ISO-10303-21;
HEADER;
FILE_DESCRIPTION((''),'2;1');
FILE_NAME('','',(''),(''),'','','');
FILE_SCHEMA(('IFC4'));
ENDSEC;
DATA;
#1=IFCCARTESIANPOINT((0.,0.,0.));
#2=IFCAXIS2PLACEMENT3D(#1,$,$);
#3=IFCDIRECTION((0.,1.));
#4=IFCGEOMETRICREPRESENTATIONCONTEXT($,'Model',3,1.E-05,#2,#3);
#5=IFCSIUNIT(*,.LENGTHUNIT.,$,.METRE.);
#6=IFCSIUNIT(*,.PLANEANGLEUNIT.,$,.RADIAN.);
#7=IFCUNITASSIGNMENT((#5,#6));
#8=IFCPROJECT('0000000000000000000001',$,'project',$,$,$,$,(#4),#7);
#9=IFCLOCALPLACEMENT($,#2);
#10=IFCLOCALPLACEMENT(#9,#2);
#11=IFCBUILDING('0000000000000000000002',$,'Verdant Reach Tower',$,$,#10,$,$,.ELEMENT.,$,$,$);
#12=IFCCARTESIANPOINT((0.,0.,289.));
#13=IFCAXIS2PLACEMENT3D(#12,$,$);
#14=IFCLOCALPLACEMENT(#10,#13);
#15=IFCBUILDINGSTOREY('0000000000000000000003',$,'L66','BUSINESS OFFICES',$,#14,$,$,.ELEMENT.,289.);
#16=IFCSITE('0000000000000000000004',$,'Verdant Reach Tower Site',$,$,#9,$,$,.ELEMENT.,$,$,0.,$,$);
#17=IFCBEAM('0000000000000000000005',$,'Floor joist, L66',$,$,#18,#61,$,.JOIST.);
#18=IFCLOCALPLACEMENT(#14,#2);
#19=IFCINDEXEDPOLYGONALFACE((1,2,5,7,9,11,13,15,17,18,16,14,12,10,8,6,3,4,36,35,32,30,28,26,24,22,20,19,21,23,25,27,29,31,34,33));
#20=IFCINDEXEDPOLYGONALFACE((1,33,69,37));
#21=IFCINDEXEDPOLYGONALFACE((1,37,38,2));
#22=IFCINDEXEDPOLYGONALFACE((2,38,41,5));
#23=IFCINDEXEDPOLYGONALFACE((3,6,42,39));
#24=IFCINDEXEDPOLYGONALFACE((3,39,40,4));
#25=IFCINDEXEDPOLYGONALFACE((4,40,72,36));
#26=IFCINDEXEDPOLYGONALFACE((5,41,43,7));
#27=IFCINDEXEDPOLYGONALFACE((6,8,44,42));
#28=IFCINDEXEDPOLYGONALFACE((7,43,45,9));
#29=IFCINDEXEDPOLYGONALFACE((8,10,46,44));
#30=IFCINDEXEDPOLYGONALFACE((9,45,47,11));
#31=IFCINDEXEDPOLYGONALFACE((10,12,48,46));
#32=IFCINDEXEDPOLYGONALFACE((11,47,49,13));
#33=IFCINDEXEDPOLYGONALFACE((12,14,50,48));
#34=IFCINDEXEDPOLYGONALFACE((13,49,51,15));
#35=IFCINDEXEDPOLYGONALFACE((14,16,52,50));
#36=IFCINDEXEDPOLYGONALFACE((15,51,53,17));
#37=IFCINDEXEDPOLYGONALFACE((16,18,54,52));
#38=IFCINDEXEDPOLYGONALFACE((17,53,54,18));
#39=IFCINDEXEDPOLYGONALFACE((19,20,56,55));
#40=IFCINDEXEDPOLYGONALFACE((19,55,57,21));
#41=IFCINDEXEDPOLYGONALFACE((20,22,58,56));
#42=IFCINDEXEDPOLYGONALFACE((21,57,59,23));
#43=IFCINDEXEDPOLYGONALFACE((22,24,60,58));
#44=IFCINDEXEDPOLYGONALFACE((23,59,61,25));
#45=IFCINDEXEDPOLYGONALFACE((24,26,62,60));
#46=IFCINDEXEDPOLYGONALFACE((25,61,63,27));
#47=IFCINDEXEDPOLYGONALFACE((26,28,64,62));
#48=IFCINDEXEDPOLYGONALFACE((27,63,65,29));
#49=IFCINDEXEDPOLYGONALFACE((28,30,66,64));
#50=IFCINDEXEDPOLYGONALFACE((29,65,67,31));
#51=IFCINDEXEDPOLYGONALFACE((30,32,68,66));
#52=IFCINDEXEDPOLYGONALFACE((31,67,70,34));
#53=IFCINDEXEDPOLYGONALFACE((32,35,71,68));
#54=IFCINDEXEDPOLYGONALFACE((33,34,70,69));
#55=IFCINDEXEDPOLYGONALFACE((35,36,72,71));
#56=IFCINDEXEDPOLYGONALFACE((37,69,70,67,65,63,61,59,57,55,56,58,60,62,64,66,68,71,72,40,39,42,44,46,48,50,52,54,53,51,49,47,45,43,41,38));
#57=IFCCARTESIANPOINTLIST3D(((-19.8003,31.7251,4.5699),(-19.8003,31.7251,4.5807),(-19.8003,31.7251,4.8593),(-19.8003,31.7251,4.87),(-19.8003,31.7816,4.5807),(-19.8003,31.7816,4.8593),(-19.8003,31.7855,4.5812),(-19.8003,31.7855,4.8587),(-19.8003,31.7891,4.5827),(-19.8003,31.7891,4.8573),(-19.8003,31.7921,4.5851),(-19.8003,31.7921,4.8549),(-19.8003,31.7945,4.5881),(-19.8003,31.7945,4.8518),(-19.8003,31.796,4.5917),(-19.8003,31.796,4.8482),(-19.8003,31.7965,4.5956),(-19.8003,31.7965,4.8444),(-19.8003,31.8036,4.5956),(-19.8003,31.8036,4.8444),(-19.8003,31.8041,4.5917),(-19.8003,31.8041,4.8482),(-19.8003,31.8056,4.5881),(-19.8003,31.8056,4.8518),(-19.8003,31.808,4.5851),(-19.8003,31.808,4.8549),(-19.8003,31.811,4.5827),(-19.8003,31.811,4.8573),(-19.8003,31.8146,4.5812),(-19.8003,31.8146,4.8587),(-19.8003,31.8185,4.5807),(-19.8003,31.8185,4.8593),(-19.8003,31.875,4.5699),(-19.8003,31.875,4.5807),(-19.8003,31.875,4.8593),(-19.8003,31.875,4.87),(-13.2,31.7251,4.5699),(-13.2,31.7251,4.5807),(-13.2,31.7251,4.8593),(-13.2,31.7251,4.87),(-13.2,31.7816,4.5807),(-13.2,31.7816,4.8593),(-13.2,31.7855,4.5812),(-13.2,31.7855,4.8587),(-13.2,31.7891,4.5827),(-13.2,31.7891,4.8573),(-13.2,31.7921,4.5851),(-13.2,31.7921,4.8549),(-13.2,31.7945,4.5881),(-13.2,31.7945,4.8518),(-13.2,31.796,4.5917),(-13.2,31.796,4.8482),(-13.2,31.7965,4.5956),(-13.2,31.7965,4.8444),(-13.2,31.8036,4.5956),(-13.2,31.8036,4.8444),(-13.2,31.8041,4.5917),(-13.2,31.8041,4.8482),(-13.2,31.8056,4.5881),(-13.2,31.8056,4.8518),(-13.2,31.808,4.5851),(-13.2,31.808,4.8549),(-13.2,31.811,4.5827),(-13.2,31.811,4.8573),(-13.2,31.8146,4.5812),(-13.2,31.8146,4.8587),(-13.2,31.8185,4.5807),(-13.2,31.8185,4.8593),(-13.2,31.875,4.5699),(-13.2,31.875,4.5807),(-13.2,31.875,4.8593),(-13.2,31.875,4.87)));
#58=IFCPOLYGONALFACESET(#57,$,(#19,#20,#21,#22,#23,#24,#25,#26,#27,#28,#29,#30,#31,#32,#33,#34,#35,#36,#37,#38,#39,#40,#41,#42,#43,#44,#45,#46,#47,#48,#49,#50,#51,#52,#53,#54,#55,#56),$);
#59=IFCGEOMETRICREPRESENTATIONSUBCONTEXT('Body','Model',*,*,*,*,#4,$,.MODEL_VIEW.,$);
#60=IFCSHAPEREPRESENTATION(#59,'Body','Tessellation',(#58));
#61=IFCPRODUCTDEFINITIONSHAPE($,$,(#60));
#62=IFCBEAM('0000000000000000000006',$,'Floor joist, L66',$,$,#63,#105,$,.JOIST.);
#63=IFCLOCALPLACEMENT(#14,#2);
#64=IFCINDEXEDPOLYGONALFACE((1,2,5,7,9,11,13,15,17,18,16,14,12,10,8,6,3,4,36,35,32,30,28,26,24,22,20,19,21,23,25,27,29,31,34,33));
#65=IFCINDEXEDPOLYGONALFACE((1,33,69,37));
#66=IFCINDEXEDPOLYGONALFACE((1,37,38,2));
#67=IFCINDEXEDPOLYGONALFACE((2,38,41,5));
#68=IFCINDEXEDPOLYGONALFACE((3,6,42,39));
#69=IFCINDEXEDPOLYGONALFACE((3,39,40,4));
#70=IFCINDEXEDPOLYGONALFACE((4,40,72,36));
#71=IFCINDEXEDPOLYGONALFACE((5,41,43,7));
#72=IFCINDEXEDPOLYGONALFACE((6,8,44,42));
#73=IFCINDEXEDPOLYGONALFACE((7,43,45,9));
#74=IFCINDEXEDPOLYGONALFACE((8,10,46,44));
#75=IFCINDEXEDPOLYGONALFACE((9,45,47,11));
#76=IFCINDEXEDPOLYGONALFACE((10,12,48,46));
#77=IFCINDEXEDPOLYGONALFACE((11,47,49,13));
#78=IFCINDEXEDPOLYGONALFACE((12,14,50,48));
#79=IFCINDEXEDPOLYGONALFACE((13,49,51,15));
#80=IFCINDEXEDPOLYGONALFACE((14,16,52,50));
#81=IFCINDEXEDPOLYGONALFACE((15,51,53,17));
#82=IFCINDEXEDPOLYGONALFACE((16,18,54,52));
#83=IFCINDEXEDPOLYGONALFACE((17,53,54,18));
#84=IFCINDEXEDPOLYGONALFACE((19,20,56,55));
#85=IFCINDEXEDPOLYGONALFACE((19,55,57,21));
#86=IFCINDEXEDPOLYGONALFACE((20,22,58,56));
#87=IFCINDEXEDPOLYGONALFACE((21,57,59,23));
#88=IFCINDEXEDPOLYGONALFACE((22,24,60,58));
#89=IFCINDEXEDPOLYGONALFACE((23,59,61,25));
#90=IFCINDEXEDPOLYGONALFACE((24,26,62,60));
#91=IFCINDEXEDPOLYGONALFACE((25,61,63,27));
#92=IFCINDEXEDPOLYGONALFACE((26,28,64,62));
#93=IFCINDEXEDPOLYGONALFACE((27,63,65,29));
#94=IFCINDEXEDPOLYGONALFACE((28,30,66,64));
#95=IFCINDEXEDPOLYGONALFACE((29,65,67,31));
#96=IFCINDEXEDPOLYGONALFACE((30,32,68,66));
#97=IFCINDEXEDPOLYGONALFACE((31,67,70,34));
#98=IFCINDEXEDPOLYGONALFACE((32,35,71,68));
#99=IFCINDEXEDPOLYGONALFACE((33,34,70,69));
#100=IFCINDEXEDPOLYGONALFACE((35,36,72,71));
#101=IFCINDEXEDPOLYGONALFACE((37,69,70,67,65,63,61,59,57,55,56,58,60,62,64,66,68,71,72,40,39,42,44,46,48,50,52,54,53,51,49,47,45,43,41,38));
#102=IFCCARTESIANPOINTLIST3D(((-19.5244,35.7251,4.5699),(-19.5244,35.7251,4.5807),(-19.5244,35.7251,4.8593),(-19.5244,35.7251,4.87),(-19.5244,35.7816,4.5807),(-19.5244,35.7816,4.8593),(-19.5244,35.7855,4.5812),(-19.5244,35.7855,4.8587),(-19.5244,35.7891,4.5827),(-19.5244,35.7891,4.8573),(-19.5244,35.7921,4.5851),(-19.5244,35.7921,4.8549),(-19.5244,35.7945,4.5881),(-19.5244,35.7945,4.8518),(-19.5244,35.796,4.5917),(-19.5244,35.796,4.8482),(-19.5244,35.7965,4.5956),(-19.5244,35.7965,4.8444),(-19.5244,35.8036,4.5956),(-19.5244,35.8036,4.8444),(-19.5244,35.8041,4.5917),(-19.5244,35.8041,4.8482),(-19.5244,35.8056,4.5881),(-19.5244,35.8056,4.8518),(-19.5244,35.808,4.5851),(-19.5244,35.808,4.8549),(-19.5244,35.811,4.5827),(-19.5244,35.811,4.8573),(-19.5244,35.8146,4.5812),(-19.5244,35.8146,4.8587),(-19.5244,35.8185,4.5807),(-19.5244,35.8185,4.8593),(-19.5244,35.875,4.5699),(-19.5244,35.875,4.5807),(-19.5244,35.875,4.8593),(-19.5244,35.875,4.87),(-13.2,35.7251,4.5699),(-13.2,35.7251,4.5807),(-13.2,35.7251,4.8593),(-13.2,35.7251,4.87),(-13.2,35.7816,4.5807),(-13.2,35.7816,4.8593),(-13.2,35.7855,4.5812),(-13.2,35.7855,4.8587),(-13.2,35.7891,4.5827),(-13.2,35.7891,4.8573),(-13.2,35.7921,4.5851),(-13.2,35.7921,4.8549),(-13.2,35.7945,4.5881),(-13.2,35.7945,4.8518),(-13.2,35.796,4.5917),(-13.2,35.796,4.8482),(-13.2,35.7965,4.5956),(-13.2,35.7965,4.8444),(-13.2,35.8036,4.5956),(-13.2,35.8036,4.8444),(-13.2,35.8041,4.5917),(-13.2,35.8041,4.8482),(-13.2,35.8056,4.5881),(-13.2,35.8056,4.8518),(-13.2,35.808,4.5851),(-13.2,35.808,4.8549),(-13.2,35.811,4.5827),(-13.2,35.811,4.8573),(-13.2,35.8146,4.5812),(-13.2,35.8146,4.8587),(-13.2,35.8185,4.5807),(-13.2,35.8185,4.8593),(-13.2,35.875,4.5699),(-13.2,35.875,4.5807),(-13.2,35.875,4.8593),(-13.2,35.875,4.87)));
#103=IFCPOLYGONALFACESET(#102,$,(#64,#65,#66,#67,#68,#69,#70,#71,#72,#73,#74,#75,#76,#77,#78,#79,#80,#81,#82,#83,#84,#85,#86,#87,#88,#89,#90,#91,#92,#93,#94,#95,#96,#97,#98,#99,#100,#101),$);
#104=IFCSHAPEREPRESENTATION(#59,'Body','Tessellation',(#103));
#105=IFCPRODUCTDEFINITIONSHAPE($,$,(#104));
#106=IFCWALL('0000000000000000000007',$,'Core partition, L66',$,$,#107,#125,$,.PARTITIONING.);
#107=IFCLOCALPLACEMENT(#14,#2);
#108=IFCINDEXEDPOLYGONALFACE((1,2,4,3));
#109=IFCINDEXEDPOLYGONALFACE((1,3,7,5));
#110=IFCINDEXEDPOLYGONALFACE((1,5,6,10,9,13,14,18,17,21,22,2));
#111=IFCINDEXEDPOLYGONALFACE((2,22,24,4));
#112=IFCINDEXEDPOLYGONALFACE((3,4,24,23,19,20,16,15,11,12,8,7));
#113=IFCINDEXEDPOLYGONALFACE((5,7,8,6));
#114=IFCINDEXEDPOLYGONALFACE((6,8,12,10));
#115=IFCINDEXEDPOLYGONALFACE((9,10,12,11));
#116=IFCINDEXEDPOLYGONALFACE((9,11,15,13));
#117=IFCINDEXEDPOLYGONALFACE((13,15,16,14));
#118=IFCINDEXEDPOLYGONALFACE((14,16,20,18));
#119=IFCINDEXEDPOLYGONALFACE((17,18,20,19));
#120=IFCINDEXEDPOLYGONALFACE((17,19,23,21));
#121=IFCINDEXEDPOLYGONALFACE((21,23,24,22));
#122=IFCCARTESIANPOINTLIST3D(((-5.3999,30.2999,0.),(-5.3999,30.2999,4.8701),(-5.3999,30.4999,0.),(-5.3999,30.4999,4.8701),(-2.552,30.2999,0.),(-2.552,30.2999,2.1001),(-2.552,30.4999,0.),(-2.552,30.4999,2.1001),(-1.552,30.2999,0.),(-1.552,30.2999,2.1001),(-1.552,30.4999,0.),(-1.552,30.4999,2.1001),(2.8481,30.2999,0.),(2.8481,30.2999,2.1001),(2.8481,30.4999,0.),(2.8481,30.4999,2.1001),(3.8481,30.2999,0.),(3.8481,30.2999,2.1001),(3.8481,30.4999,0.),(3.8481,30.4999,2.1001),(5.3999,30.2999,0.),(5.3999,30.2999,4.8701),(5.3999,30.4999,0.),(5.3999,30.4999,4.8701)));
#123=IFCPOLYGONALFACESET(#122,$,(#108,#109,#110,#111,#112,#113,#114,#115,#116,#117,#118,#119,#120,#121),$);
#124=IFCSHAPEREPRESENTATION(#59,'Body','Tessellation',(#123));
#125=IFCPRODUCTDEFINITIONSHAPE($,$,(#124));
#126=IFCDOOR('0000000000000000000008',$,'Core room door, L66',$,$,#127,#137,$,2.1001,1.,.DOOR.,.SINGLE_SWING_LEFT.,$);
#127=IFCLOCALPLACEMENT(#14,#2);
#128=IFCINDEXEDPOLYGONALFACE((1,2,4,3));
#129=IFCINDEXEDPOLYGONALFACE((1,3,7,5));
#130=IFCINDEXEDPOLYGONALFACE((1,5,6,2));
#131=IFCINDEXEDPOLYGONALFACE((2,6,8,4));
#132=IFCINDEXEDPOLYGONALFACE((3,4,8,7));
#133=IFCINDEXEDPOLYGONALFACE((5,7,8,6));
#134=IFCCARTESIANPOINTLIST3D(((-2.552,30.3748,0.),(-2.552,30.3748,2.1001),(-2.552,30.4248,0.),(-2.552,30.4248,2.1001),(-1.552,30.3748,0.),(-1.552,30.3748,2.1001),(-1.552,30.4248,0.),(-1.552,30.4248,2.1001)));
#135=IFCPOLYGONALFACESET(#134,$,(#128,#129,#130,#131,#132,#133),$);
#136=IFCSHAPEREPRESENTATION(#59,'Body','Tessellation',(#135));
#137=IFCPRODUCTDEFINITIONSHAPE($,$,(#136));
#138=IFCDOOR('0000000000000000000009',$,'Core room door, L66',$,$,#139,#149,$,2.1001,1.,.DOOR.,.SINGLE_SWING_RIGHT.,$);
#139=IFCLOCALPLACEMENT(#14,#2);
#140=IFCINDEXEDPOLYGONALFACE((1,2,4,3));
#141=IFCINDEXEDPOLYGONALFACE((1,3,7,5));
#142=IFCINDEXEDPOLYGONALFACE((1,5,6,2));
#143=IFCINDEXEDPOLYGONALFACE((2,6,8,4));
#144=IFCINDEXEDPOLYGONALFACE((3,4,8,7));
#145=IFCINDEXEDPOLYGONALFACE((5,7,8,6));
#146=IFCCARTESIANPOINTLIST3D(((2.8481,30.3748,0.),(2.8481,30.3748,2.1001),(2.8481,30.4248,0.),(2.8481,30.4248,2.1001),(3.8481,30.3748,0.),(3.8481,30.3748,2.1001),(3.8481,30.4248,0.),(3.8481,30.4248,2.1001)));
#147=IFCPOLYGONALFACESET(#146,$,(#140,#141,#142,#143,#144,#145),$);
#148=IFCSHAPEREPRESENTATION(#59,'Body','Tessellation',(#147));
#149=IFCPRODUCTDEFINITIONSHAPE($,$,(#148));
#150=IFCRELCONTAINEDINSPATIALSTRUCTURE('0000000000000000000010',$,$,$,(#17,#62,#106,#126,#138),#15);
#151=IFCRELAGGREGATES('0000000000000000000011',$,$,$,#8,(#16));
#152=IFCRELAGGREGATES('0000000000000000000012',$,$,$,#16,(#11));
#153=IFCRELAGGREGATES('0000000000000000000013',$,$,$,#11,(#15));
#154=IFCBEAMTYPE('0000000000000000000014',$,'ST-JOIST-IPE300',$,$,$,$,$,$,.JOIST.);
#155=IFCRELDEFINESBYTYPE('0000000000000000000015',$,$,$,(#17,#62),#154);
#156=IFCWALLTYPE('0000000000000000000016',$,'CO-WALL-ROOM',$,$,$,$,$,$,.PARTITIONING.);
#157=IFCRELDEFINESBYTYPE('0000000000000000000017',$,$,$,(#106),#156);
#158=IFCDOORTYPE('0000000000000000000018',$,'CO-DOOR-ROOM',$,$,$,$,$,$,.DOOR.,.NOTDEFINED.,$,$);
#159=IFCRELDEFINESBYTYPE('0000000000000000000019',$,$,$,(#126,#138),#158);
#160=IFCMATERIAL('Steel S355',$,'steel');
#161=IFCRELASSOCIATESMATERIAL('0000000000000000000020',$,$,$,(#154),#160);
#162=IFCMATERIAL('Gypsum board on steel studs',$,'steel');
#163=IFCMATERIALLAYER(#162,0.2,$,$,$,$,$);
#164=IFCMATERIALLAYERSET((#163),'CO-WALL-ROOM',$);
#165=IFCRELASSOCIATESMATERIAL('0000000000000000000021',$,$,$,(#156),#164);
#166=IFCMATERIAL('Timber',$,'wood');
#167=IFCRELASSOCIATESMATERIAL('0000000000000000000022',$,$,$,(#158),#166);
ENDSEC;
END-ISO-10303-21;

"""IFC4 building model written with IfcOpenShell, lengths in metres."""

from ifc_helpers import new_model, si_unit, direction, frame, frame_2d, origin, origin_2d, place, context, subcontext, project, spatial, rectangle, i_section, extrude, material, layer, layer_set, material_profile, profile_set, type_object, element, fill, save


model = new_model("IFC4")

# Units and contexts
model_context = context("Model", 3, precision=1e-05, world=origin(), true_north=direction((0.0, 1.0)))
body_context = subcontext(model_context, "Body", "Model", "MODEL_VIEW")
ifc_project = project(units=[si_unit("LENGTHUNIT", "METRE"), si_unit("PLANEANGLEUNIT", "RADIAN")], contexts=[model_context])

# Site, building, storey
site_placement = place(None, origin())
site = spatial("IfcSite", under=ifc_project, at=site_placement, Name="Verdant Reach Tower Site", CompositionType="ELEMENT", RefElevation=0.0)
building_placement = place(site_placement, origin())
building = spatial("IfcBuilding", under=site, at=building_placement, Name="Verdant Reach Tower", CompositionType="ELEMENT")
storey_placement = place(building_placement, frame((0.0, 0.0, 289.0)))
storey = spatial("IfcBuildingStorey", under=building, at=storey_placement, Name="L66", Description="BUSINESS OFFICES", CompositionType="ELEMENT", Elevation=289.0)

# Beams
ifc_material_1 = material(Name="Steel S355", Category="steel")
ifc_material_profile = material_profile(ifc_material_1, i_section(OverallWidth=0.1499, OverallDepth=0.3, WebThickness=0.0071, FlangeThickness=0.0107, FilletRadius=0.0149, at=origin_2d()), Name="IPE 300")
ifc_profile_set = profile_set([ifc_material_profile], Name="Steel S355")
beam_type = type_object("IfcBeamType", Name="ST-JOIST-IPE300", PredefinedType="JOIST", material=ifc_profile_set)
beam_1_placement = place(storey_placement, frame((-13.2, 31.8, 4.72), z_axis=(-1.0, 0.0, 0.0), x_axis=(0.0, -1.0, 0.0)))
element("IfcBeam", 1, at=beam_1_placement, inside=storey, type_object=beam_type, Name="Floor joist, L66", PredefinedType="JOIST", context=body_context, shape_type="SweptSolid", body=[
    extrude(i_section(OverallWidth=0.1499, OverallDepth=0.3, WebThickness=0.0071, FlangeThickness=0.0107, FilletRadius=0.0149, at=origin_2d()), origin(), (0.0, 0.0, 1.0), 6.6003),
])
beam_2_placement = place(storey_placement, frame((-13.2, 35.8, 4.72), z_axis=(-1.0, 0.0, 0.0), x_axis=(0.0, -1.0, 0.0)))
element("IfcBeam", 2, at=beam_2_placement, inside=storey, type_object=beam_type, Name="Floor joist, L66", PredefinedType="JOIST", context=body_context, shape_type="SweptSolid", body=[
    extrude(i_section(OverallWidth=0.1499, OverallDepth=0.3, WebThickness=0.0071, FlangeThickness=0.0107, FilletRadius=0.0149, at=origin_2d()), origin(), (0.0, 0.0, 1.0), 6.3245),
])

# Wall, openings, doors
ifc_material_2 = material(Name="Gypsum board on steel studs", Category="steel")
ifc_layer_1 = layer(ifc_material_2, 0.2)
ifc_layer_set_1 = layer_set([ifc_layer_1], Name="CO-WALL-ROOM")
wall_type_1 = type_object("IfcWallType", Name="CO-WALL-ROOM", PredefinedType="PARTITIONING", material=ifc_layer_set_1)
wall_1_placement = place(storey_placement, frame((-5.3999, 30.3999, 0.0), z_axis=(0.0, 0.0, 1.0), x_axis=(1.0, 0.0, 0.0)))
wall_1 = element("IfcWall", 3, at=wall_1_placement, inside=storey, type_object=wall_type_1, Name="Core partition, L66", PredefinedType="PARTITIONING", context=body_context, shape_type="SweptSolid", body=[
    extrude(rectangle(XDim=10.7998, YDim=0.2, at=frame_2d((5.3999, 0.0))), origin(), (0.0, 0.0, 1.0), 4.8701),
])
opening_1_placement = place(wall_1_placement, frame((2.8479, 0.0, 0.0)))
opening_1 = element("IfcOpeningElement", 4, at=opening_1_placement, cuts=wall_1, PredefinedType="OPENING", context=body_context, shape_type="SweptSolid", body=[
    extrude(rectangle(XDim=1.0, YDim=2.1001, at=frame_2d((0.5, 1.05))), frame((0.0, 0.1099, 0.0), z_axis=(0.0, -1.0, 0.0), x_axis=(1.0, 0.0, 0.0)), (0.0, 0.0, 1.0), 0.22),
])
opening_2_placement = place(wall_1_placement, frame((8.248, 0.0, 0.0)))
opening_2 = element("IfcOpeningElement", 5, at=opening_2_placement, cuts=wall_1, PredefinedType="OPENING", context=body_context, shape_type="SweptSolid", body=[
    extrude(rectangle(XDim=1.0, YDim=2.1001, at=frame_2d((0.5, 1.05))), frame((0.0, 0.1099, 0.0), z_axis=(0.0, -1.0, 0.0), x_axis=(1.0, 0.0, 0.0)), (0.0, 0.0, 1.0), 0.22),
])
ifc_material_3 = material(Name="Timber", Category="wood")
door_type_1 = type_object("IfcDoorType", Name="CO-DOOR-ROOM", OperationType="NOTDEFINED", PredefinedType="DOOR", material=ifc_material_3)
door_1_placement = place(opening_1_placement, origin())
door_1 = element("IfcDoor", 6, at=door_1_placement, inside=storey, type_object=door_type_1, Name="Core room door, L66", OperationType="SINGLE_SWING_LEFT", OverallHeight=2.1001, OverallWidth=1.0, PredefinedType="DOOR", context=body_context, shape_type="SweptSolid", body=[
    extrude(rectangle(XDim=1.0, YDim=2.1001, at=frame_2d((0.5, 1.05))), frame((0.0, 0.0249, 0.0), z_axis=(0.0, -1.0, 0.0), x_axis=(1.0, 0.0, 0.0)), (0.0, 0.0, 1.0), 0.05),
])
fill(opening_1, door_1)
door_2_placement = place(opening_2_placement, origin())
door_2 = element("IfcDoor", 7, at=door_2_placement, inside=storey, type_object=door_type_1, Name="Core room door, L66", OperationType="SINGLE_SWING_RIGHT", OverallHeight=2.1001, OverallWidth=1.0, PredefinedType="DOOR", context=body_context, shape_type="SweptSolid", body=[
    extrude(rectangle(XDim=1.0, YDim=2.1001, at=frame_2d((0.5, 1.05))), frame((0.0, 0.0249, 0.0), z_axis=(0.0, -1.0, 0.0), x_axis=(1.0, 0.0, 0.0)), (0.0, 0.0, 1.0), 0.05),
])
fill(opening_2, door_2)

save(model, "model.ifc")
